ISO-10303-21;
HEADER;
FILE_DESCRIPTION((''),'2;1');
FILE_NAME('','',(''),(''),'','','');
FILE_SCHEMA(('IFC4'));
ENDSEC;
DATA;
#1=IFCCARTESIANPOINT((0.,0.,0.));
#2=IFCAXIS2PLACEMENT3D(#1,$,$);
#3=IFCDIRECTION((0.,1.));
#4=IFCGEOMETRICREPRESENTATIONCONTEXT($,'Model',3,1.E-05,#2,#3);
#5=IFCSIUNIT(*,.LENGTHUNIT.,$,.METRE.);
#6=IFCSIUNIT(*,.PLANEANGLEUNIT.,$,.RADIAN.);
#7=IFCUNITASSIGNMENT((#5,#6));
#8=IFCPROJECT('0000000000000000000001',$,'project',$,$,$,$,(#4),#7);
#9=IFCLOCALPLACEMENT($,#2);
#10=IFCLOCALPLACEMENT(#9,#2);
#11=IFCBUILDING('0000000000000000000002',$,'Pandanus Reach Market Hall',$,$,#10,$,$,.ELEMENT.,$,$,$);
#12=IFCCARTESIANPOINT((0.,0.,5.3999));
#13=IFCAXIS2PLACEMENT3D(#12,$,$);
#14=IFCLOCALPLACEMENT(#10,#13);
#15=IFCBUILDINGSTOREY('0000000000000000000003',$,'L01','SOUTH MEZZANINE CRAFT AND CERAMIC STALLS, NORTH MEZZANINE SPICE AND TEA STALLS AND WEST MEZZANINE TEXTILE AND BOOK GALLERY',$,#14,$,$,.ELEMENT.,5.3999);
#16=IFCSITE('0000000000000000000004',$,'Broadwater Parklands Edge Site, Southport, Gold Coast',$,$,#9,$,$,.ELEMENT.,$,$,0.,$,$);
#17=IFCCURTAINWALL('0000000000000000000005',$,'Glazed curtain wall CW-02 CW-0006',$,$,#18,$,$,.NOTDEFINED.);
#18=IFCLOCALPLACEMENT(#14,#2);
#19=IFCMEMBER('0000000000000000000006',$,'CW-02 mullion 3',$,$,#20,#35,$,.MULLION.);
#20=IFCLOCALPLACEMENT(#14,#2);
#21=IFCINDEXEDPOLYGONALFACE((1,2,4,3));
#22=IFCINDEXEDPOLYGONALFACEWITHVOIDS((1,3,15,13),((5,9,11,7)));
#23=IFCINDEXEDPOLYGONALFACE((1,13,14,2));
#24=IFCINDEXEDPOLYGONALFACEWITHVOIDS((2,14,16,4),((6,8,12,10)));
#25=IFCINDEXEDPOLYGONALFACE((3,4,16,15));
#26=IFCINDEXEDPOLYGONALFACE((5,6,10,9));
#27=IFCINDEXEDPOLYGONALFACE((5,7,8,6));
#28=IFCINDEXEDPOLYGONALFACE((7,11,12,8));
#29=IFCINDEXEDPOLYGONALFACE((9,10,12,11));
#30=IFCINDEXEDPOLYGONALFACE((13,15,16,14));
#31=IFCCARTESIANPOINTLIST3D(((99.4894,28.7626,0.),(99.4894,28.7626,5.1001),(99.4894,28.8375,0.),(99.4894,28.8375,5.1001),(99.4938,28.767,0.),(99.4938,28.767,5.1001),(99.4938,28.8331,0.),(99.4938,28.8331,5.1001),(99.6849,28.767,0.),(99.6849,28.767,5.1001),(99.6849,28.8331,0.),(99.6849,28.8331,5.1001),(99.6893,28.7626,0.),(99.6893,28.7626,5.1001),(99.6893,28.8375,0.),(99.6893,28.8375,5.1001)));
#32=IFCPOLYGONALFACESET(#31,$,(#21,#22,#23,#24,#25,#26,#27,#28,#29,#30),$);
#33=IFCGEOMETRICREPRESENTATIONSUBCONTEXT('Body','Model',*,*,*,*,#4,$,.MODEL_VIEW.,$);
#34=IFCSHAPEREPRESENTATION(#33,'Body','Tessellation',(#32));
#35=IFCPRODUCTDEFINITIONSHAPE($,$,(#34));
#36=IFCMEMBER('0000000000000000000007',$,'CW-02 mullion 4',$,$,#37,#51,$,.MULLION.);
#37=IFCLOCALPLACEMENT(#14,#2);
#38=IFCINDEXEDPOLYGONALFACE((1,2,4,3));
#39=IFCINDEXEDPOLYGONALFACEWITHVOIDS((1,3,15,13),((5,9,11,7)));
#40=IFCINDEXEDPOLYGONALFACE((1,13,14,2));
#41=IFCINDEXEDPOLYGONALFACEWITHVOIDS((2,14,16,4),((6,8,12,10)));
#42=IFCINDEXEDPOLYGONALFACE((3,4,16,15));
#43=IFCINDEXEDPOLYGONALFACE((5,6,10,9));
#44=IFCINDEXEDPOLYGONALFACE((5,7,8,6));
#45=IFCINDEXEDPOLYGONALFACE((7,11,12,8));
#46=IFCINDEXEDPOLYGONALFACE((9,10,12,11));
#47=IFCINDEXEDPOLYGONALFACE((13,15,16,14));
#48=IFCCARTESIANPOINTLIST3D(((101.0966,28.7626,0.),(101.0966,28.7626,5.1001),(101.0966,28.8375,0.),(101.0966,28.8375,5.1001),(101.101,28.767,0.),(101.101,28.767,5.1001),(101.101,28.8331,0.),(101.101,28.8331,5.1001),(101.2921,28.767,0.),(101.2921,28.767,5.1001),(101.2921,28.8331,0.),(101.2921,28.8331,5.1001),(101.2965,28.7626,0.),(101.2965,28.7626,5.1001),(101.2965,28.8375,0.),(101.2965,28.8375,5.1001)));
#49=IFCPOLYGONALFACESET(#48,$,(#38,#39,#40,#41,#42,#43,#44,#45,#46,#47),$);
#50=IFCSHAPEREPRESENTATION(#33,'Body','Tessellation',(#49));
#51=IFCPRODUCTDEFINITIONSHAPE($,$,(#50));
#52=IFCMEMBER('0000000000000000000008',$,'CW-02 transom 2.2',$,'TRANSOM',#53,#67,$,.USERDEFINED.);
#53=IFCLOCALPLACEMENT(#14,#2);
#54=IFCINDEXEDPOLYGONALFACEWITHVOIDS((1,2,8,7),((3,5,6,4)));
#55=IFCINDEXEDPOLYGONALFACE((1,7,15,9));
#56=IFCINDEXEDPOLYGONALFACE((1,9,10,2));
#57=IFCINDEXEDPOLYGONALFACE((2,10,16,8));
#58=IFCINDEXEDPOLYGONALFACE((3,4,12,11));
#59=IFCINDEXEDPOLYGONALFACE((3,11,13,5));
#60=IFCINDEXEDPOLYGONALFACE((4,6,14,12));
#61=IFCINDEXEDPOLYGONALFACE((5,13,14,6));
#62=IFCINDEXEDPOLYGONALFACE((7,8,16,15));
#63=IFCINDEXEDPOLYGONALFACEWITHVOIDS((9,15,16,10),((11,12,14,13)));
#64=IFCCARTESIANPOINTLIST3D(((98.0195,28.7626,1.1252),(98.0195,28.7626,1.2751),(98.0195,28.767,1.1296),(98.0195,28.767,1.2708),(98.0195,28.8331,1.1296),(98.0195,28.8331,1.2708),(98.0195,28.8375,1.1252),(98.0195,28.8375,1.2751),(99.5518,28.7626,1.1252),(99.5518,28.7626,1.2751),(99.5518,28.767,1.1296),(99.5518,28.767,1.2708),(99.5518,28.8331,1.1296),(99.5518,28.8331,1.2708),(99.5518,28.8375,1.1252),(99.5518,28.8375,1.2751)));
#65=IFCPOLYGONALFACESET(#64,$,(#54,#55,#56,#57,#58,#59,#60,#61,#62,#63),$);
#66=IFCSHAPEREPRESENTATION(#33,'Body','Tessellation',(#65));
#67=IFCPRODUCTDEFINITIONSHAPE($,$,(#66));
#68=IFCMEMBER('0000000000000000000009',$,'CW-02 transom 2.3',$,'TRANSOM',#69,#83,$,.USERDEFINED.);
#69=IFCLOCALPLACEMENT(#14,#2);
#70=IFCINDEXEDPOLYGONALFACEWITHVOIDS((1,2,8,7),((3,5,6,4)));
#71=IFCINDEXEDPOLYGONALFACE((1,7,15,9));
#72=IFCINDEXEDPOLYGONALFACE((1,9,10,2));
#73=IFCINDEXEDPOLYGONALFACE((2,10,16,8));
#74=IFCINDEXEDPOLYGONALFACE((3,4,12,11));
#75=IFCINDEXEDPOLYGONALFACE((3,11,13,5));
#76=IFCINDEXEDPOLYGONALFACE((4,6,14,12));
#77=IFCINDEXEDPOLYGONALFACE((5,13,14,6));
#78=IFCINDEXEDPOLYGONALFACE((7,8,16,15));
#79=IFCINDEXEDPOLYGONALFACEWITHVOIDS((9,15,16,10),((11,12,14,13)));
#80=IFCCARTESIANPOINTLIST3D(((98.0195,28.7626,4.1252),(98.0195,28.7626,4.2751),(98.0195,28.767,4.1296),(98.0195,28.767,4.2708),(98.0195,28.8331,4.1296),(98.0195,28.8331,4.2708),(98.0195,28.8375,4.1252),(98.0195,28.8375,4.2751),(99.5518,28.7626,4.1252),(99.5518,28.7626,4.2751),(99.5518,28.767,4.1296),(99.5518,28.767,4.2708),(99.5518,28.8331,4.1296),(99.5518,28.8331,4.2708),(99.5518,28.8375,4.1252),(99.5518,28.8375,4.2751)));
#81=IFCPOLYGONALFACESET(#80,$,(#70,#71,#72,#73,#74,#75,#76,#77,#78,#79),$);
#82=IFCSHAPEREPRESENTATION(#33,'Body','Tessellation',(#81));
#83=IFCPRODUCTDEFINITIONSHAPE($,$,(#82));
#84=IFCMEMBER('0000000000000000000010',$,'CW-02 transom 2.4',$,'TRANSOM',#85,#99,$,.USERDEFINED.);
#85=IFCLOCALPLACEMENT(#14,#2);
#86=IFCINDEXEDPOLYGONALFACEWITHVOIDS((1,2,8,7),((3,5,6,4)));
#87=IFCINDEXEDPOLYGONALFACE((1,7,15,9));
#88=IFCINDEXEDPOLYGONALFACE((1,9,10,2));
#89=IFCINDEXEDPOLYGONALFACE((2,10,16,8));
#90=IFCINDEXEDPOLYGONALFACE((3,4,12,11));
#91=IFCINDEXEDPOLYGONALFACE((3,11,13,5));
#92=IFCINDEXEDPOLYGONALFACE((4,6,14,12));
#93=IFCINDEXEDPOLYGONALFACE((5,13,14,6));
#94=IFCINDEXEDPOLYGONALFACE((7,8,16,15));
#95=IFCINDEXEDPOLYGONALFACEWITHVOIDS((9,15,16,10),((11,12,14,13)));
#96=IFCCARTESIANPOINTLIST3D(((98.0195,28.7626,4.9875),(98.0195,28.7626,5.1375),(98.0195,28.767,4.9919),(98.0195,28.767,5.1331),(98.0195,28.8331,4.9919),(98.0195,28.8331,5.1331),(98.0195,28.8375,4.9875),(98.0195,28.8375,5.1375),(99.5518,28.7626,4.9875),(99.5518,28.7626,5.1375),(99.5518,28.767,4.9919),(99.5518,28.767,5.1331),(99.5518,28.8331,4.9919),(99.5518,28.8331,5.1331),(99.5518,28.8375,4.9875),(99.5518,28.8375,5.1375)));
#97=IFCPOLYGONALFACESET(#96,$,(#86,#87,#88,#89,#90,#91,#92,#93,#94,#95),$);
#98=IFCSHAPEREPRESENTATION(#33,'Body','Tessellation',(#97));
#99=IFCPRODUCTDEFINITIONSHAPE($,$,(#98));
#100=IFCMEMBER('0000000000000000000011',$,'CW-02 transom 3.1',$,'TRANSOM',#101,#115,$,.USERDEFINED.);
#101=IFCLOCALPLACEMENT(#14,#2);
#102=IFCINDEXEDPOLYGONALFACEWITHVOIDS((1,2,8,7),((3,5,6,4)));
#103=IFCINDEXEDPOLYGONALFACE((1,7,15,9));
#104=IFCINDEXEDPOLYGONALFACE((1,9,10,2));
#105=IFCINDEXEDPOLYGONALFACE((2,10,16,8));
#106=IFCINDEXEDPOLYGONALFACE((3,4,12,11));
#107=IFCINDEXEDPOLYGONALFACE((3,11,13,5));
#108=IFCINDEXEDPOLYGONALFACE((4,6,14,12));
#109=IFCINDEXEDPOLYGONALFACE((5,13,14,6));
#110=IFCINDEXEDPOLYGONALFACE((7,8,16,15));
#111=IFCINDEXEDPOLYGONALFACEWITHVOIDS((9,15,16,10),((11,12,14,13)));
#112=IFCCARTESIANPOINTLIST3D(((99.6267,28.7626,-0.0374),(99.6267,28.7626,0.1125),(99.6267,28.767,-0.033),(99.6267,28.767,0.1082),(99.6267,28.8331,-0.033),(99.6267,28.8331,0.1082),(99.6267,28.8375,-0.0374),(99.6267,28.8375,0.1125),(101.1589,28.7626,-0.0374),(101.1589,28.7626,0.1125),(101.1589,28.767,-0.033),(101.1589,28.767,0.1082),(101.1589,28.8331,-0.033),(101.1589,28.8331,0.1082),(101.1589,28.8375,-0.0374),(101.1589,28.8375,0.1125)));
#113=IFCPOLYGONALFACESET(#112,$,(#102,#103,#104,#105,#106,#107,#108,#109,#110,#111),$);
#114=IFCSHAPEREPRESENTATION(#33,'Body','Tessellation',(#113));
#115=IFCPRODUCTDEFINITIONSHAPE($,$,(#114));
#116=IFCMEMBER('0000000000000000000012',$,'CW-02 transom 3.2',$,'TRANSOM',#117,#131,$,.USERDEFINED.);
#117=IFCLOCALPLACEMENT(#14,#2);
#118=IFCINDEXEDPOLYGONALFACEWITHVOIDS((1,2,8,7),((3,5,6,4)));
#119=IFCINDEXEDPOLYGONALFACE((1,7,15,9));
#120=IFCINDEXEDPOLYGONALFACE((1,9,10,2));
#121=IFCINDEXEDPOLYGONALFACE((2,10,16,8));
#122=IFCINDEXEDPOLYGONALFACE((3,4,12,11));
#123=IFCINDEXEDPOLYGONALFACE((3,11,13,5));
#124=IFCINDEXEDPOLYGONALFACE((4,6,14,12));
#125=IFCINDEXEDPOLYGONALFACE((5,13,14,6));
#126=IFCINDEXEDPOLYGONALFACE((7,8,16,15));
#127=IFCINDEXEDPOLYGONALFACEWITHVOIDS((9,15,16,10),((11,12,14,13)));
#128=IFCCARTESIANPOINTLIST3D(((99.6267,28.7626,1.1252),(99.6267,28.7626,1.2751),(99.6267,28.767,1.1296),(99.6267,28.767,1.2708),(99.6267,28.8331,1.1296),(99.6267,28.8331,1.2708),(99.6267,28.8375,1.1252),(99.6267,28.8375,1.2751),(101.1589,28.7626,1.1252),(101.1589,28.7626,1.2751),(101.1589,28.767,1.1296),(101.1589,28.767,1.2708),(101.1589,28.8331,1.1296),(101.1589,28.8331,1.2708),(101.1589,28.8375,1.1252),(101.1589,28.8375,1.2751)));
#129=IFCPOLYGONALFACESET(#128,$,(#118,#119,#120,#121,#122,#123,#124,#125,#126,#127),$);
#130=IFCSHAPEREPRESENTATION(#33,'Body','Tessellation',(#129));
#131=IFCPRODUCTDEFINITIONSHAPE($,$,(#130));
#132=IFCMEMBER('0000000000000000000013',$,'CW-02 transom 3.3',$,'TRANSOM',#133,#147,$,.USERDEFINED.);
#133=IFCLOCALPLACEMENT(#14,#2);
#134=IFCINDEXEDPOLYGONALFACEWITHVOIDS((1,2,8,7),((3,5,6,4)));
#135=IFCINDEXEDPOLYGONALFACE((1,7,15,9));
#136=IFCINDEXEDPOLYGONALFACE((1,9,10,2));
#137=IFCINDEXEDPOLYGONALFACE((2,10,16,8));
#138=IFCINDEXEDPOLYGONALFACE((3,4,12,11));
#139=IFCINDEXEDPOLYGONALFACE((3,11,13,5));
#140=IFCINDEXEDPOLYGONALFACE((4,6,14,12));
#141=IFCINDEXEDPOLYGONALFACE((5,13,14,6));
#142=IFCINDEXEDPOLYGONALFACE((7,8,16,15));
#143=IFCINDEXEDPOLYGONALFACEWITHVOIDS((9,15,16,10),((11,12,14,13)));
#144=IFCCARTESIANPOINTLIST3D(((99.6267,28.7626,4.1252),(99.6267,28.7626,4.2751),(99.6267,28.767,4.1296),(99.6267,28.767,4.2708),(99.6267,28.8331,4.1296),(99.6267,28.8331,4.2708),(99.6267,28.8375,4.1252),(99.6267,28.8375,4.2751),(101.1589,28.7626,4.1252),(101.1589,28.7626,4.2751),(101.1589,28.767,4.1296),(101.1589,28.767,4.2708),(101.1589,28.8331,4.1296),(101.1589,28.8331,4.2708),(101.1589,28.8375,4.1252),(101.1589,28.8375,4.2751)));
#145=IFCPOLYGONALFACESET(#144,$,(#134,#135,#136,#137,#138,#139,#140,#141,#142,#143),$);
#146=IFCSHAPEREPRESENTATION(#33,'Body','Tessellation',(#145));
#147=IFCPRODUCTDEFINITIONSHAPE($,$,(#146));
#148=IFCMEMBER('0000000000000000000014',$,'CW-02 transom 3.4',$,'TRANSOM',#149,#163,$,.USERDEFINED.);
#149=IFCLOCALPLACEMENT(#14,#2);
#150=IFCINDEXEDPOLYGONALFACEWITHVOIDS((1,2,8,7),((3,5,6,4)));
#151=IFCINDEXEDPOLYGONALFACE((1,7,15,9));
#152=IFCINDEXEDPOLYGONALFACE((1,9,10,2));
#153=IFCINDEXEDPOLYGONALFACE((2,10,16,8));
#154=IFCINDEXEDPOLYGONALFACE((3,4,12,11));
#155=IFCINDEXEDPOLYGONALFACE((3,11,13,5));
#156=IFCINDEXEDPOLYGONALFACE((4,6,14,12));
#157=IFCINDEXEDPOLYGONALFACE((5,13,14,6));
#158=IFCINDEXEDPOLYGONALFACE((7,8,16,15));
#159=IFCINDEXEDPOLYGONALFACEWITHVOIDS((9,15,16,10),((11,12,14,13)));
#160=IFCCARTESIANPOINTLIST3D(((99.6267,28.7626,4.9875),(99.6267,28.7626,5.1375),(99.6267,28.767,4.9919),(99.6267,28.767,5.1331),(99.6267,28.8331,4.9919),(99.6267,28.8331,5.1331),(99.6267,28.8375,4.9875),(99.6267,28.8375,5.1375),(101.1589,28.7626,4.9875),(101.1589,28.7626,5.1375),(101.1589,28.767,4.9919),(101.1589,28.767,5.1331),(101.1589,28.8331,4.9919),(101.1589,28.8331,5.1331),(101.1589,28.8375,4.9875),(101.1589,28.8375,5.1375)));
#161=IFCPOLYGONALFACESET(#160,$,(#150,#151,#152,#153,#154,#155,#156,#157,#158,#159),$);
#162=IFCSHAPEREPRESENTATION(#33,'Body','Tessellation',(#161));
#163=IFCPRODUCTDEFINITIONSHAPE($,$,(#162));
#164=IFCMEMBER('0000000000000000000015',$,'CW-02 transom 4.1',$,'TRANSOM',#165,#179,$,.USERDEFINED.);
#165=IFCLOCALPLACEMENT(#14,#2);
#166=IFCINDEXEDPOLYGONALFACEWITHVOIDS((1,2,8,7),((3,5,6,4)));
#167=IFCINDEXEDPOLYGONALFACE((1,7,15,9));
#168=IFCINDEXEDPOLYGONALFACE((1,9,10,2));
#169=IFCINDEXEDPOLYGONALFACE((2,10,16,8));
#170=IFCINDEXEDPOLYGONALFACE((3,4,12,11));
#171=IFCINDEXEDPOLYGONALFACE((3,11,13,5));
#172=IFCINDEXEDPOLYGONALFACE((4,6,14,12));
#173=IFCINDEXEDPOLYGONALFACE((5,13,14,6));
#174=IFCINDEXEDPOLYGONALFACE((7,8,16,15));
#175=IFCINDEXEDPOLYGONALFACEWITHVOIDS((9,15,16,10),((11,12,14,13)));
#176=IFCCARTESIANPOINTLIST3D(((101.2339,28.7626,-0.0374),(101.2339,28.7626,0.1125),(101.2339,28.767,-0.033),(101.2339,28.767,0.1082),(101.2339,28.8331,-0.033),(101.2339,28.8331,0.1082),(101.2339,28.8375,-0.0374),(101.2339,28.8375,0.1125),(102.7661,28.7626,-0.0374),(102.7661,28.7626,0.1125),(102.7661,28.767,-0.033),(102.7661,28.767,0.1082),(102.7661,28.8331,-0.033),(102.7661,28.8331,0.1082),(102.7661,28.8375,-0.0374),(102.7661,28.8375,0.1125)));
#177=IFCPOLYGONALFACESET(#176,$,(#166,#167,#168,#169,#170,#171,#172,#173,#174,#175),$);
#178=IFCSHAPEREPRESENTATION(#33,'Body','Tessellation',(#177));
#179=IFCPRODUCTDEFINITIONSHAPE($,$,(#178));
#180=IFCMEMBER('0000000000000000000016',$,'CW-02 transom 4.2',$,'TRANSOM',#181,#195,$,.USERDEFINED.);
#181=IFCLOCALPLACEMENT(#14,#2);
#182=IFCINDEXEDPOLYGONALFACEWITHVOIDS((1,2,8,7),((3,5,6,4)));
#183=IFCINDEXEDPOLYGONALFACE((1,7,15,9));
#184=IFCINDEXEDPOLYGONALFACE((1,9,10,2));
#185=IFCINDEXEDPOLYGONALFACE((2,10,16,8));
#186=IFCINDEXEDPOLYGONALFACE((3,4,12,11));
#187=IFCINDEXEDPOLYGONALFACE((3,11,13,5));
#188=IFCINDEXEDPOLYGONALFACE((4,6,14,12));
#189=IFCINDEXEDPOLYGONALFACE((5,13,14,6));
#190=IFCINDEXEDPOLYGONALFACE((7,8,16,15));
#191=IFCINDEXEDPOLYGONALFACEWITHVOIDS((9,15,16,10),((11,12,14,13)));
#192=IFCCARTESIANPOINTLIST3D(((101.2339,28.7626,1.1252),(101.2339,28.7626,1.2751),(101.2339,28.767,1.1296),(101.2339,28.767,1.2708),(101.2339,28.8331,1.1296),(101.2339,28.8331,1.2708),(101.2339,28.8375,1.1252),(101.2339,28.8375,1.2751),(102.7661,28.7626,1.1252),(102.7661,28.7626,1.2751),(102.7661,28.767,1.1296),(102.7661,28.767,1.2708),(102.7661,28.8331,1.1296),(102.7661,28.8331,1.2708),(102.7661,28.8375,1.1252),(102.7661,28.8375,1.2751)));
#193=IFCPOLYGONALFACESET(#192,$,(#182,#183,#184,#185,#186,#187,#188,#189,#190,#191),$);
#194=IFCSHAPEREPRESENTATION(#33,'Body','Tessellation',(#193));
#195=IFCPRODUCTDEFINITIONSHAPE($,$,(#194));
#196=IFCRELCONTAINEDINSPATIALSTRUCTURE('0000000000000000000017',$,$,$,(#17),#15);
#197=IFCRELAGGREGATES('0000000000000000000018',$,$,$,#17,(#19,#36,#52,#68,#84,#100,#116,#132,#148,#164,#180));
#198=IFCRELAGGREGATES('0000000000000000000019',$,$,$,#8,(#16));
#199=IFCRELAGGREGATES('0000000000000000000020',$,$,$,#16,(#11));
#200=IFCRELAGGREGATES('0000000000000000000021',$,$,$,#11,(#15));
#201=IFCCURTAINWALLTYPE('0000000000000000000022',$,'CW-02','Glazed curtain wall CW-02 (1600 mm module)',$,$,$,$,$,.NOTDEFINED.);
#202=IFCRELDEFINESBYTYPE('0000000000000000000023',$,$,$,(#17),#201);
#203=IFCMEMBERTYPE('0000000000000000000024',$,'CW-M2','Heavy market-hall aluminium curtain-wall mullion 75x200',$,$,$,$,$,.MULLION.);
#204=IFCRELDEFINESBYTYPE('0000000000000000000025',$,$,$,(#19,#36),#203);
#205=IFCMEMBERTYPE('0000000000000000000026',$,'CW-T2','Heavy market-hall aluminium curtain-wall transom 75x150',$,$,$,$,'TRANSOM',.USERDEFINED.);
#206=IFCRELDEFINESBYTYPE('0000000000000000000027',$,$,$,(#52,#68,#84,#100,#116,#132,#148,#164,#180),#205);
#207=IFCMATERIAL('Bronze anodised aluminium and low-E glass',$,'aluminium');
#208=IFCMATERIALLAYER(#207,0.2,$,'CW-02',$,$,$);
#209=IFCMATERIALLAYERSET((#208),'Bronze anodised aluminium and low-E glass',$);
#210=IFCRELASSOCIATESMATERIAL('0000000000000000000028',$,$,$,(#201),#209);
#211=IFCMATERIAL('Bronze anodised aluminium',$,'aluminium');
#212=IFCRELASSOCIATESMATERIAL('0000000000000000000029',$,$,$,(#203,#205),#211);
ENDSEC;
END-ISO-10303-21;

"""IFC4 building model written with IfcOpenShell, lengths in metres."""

from ifc_helpers import new_model, si_unit, direction, frame, origin, origin_2d, place, context, subcontext, project, spatial, hollow_rectangle, extrude, material, layer, layer_set, material_profile, profile_set, type_object, element, aggregate, save


model = new_model("IFC4")

# Units and contexts
model_context = context("Model", 3, precision=1e-05, world=origin(), true_north=direction((0.0, 1.0)))
body_context = subcontext(model_context, "Body", "Model", "MODEL_VIEW")
ifc_project = project(units=[si_unit("LENGTHUNIT", "METRE"), si_unit("PLANEANGLEUNIT", "RADIAN")], contexts=[model_context])

# Site, building, storey
site_placement = place(None, origin())
site = spatial("IfcSite", under=ifc_project, at=site_placement, Name="Broadwater Parklands Edge Site, Southport, Gold Coast", CompositionType="ELEMENT", RefElevation=0.0)
building_placement = place(site_placement, origin())
building = spatial("IfcBuilding", under=site, at=building_placement, Name="Pandanus Reach Market Hall", CompositionType="ELEMENT")
storey_placement = place(building_placement, frame((0.0, 0.0, 5.3999)))
storey = spatial("IfcBuildingStorey", under=building, at=storey_placement, Name="L01", Description="SOUTH MEZZANINE CRAFT AND CERAMIC STALLS, NORTH MEZZANINE SPICE AND TEA STALLS AND WEST MEZZANINE TEXTILE AND BOOK GALLERY", CompositionType="ELEMENT", Elevation=5.3999)

# Curtain wall, members
ifc_material_1 = material(Name="Bronze anodised aluminium and low-E glass", Category="aluminium")
ifc_layer_1 = layer(ifc_material_1, 0.2, Name="CW-02")
ifc_layer_set_1 = layer_set([ifc_layer_1], Name="Bronze anodised aluminium and low-E glass")
curtain_wall_type = type_object("IfcCurtainWallType", Name="CW-02", Description="Glazed curtain wall CW-02 (1600 mm module)", PredefinedType="NOTDEFINED", material=ifc_layer_set_1)
curtain_wall_placement = place(storey_placement, origin())
curtain_wall = element("IfcCurtainWall", 1, at=curtain_wall_placement, inside=storey, type_object=curtain_wall_type, Name="Glazed curtain wall CW-02 CW-0006", PredefinedType="NOTDEFINED")
ifc_material_2 = material(Name="Bronze anodised aluminium", Category="aluminium")
ifc_material_profile_1 = material_profile(ifc_material_2, hollow_rectangle(XDim=0.075, YDim=0.2, WallThickness=0.0044, at=origin_2d()), Name="ALU75x200", Category="LoadBearing")
ifc_profile_set_1 = profile_set([ifc_material_profile_1], Name="Bronze anodised aluminium")
member_type_1 = type_object("IfcMemberType", Name="CW-M2", Description="Heavy market-hall aluminium curtain-wall mullion 75x200", PredefinedType="MULLION", material=ifc_profile_set_1)
member_1_placement = place(storey_placement, frame((99.5894, 28.8, 0.0), z_axis=(0.0, 0.0, 1.0), x_axis=(0.0, 1.0, 0.0)))
member_1 = element("IfcMember", 2, at=member_1_placement, type_object=member_type_1, Name="CW-02 mullion 3", PredefinedType="MULLION", context=body_context, shape_type="SweptSolid", body=[
    extrude(hollow_rectangle(XDim=0.075, YDim=0.2, WallThickness=0.0044, at=origin_2d()), origin(), (0.0, 0.0, 1.0), 5.1001),
])
member_2_placement = place(storey_placement, frame((101.1965, 28.8, 0.0), z_axis=(0.0, 0.0, 1.0), x_axis=(0.0, 1.0, 0.0)))
member_2 = element("IfcMember", 3, at=member_2_placement, type_object=member_type_1, Name="CW-02 mullion 4", PredefinedType="MULLION", context=body_context, shape_type="SweptSolid", body=[
    extrude(hollow_rectangle(XDim=0.075, YDim=0.2, WallThickness=0.0044, at=origin_2d()), origin(), (0.0, 0.0, 1.0), 5.1001),
])
ifc_material_profile_2 = material_profile(ifc_material_2, hollow_rectangle(XDim=0.075, YDim=0.1499, WallThickness=0.0044, at=origin_2d()), Name="ALU75x150", Category="LoadBearing")
ifc_profile_set_2 = profile_set([ifc_material_profile_2], Name="Bronze anodised aluminium")
member_type_2 = type_object("IfcMemberType", Name="CW-T2", Description="Heavy market-hall aluminium curtain-wall transom 75x150", ElementType="TRANSOM", PredefinedType="USERDEFINED", material=ifc_profile_set_2)
member_3_placement = place(storey_placement, frame((98.0195, 28.8, 1.2002), z_axis=(1.0, 0.0, 0.0), x_axis=(0.0, 1.0, 0.0)))
member_3 = element("IfcMember", 4, at=member_3_placement, type_object=member_type_2, Name="CW-02 transom 2.2", ObjectType="TRANSOM", PredefinedType="USERDEFINED", context=body_context, shape_type="SweptSolid", body=[
    extrude(hollow_rectangle(XDim=0.075, YDim=0.1499, WallThickness=0.0044, at=origin_2d()), origin(), (0.0, 0.0, 1.0), 1.5322),
])
member_4_placement = place(storey_placement, frame((98.0195, 28.8, 4.2002), z_axis=(1.0, 0.0, 0.0), x_axis=(0.0, 1.0, 0.0)))
member_4 = element("IfcMember", 5, at=member_4_placement, type_object=member_type_2, Name="CW-02 transom 2.3", ObjectType="TRANSOM", PredefinedType="USERDEFINED", context=body_context, shape_type="SweptSolid", body=[
    extrude(hollow_rectangle(XDim=0.075, YDim=0.1499, WallThickness=0.0044, at=origin_2d()), origin(), (0.0, 0.0, 1.0), 1.5322),
])
member_5_placement = place(storey_placement, frame((98.0195, 28.8, 5.0625), z_axis=(1.0, 0.0, 0.0), x_axis=(0.0, 1.0, 0.0)))
member_5 = element("IfcMember", 6, at=member_5_placement, type_object=member_type_2, Name="CW-02 transom 2.4", ObjectType="TRANSOM", PredefinedType="USERDEFINED", context=body_context, shape_type="SweptSolid", body=[
    extrude(hollow_rectangle(XDim=0.075, YDim=0.1499, WallThickness=0.0044, at=origin_2d()), origin(), (0.0, 0.0, 1.0), 1.5322),
])
member_6_placement = place(storey_placement, frame((99.6267, 28.8, 0.0376), z_axis=(1.0, 0.0, 0.0), x_axis=(0.0, 1.0, 0.0)))
member_6 = element("IfcMember", 7, at=member_6_placement, type_object=member_type_2, Name="CW-02 transom 3.1", ObjectType="TRANSOM", PredefinedType="USERDEFINED", context=body_context, shape_type="SweptSolid", body=[
    extrude(hollow_rectangle(XDim=0.075, YDim=0.1499, WallThickness=0.0044, at=origin_2d()), origin(), (0.0, 0.0, 1.0), 1.5322),
])
member_7_placement = place(storey_placement, frame((99.6267, 28.8, 1.2002), z_axis=(1.0, 0.0, 0.0), x_axis=(0.0, 1.0, 0.0)))
member_7 = element("IfcMember", 8, at=member_7_placement, type_object=member_type_2, Name="CW-02 transom 3.2", ObjectType="TRANSOM", PredefinedType="USERDEFINED", context=body_context, shape_type="SweptSolid", body=[
    extrude(hollow_rectangle(XDim=0.075, YDim=0.1499, WallThickness=0.0044, at=origin_2d()), origin(), (0.0, 0.0, 1.0), 1.5322),
])
member_8_placement = place(storey_placement, frame((99.6267, 28.8, 4.2002), z_axis=(1.0, 0.0, 0.0), x_axis=(0.0, 1.0, 0.0)))
member_8 = element("IfcMember", 9, at=member_8_placement, type_object=member_type_2, Name="CW-02 transom 3.3", ObjectType="TRANSOM", PredefinedType="USERDEFINED", context=body_context, shape_type="SweptSolid", body=[
    extrude(hollow_rectangle(XDim=0.075, YDim=0.1499, WallThickness=0.0044, at=origin_2d()), origin(), (0.0, 0.0, 1.0), 1.5322),
])
member_9_placement = place(storey_placement, frame((99.6267, 28.8, 5.0625), z_axis=(1.0, 0.0, 0.0), x_axis=(0.0, 1.0, 0.0)))
member_9 = element("IfcMember", 10, at=member_9_placement, type_object=member_type_2, Name="CW-02 transom 3.4", ObjectType="TRANSOM", PredefinedType="USERDEFINED", context=body_context, shape_type="SweptSolid", body=[
    extrude(hollow_rectangle(XDim=0.075, YDim=0.1499, WallThickness=0.0044, at=origin_2d()), origin(), (0.0, 0.0, 1.0), 1.5322),
])
member_10_placement = place(storey_placement, frame((101.2339, 28.8, 0.0376), z_axis=(1.0, 0.0, 0.0), x_axis=(0.0, 1.0, 0.0)))
member_10 = element("IfcMember", 11, at=member_10_placement, type_object=member_type_2, Name="CW-02 transom 4.1", ObjectType="TRANSOM", PredefinedType="USERDEFINED", context=body_context, shape_type="SweptSolid", body=[
    extrude(hollow_rectangle(XDim=0.075, YDim=0.1499, WallThickness=0.0044, at=origin_2d()), origin(), (0.0, 0.0, 1.0), 1.5322),
])
member_11_placement = place(storey_placement, frame((101.2339, 28.8, 1.2002), z_axis=(1.0, 0.0, 0.0), x_axis=(0.0, 1.0, 0.0)))
member_11 = element("IfcMember", 12, at=member_11_placement, type_object=member_type_2, Name="CW-02 transom 4.2", ObjectType="TRANSOM", PredefinedType="USERDEFINED", context=body_context, shape_type="SweptSolid", body=[
    extrude(hollow_rectangle(XDim=0.075, YDim=0.1499, WallThickness=0.0044, at=origin_2d()), origin(), (0.0, 0.0, 1.0), 1.5322),
])
aggregate(curtain_wall, [member_1, member_2, member_3, member_4, member_5, member_6, member_7, member_8, member_9, member_10, member_11])

save(model, "model.ifc")
